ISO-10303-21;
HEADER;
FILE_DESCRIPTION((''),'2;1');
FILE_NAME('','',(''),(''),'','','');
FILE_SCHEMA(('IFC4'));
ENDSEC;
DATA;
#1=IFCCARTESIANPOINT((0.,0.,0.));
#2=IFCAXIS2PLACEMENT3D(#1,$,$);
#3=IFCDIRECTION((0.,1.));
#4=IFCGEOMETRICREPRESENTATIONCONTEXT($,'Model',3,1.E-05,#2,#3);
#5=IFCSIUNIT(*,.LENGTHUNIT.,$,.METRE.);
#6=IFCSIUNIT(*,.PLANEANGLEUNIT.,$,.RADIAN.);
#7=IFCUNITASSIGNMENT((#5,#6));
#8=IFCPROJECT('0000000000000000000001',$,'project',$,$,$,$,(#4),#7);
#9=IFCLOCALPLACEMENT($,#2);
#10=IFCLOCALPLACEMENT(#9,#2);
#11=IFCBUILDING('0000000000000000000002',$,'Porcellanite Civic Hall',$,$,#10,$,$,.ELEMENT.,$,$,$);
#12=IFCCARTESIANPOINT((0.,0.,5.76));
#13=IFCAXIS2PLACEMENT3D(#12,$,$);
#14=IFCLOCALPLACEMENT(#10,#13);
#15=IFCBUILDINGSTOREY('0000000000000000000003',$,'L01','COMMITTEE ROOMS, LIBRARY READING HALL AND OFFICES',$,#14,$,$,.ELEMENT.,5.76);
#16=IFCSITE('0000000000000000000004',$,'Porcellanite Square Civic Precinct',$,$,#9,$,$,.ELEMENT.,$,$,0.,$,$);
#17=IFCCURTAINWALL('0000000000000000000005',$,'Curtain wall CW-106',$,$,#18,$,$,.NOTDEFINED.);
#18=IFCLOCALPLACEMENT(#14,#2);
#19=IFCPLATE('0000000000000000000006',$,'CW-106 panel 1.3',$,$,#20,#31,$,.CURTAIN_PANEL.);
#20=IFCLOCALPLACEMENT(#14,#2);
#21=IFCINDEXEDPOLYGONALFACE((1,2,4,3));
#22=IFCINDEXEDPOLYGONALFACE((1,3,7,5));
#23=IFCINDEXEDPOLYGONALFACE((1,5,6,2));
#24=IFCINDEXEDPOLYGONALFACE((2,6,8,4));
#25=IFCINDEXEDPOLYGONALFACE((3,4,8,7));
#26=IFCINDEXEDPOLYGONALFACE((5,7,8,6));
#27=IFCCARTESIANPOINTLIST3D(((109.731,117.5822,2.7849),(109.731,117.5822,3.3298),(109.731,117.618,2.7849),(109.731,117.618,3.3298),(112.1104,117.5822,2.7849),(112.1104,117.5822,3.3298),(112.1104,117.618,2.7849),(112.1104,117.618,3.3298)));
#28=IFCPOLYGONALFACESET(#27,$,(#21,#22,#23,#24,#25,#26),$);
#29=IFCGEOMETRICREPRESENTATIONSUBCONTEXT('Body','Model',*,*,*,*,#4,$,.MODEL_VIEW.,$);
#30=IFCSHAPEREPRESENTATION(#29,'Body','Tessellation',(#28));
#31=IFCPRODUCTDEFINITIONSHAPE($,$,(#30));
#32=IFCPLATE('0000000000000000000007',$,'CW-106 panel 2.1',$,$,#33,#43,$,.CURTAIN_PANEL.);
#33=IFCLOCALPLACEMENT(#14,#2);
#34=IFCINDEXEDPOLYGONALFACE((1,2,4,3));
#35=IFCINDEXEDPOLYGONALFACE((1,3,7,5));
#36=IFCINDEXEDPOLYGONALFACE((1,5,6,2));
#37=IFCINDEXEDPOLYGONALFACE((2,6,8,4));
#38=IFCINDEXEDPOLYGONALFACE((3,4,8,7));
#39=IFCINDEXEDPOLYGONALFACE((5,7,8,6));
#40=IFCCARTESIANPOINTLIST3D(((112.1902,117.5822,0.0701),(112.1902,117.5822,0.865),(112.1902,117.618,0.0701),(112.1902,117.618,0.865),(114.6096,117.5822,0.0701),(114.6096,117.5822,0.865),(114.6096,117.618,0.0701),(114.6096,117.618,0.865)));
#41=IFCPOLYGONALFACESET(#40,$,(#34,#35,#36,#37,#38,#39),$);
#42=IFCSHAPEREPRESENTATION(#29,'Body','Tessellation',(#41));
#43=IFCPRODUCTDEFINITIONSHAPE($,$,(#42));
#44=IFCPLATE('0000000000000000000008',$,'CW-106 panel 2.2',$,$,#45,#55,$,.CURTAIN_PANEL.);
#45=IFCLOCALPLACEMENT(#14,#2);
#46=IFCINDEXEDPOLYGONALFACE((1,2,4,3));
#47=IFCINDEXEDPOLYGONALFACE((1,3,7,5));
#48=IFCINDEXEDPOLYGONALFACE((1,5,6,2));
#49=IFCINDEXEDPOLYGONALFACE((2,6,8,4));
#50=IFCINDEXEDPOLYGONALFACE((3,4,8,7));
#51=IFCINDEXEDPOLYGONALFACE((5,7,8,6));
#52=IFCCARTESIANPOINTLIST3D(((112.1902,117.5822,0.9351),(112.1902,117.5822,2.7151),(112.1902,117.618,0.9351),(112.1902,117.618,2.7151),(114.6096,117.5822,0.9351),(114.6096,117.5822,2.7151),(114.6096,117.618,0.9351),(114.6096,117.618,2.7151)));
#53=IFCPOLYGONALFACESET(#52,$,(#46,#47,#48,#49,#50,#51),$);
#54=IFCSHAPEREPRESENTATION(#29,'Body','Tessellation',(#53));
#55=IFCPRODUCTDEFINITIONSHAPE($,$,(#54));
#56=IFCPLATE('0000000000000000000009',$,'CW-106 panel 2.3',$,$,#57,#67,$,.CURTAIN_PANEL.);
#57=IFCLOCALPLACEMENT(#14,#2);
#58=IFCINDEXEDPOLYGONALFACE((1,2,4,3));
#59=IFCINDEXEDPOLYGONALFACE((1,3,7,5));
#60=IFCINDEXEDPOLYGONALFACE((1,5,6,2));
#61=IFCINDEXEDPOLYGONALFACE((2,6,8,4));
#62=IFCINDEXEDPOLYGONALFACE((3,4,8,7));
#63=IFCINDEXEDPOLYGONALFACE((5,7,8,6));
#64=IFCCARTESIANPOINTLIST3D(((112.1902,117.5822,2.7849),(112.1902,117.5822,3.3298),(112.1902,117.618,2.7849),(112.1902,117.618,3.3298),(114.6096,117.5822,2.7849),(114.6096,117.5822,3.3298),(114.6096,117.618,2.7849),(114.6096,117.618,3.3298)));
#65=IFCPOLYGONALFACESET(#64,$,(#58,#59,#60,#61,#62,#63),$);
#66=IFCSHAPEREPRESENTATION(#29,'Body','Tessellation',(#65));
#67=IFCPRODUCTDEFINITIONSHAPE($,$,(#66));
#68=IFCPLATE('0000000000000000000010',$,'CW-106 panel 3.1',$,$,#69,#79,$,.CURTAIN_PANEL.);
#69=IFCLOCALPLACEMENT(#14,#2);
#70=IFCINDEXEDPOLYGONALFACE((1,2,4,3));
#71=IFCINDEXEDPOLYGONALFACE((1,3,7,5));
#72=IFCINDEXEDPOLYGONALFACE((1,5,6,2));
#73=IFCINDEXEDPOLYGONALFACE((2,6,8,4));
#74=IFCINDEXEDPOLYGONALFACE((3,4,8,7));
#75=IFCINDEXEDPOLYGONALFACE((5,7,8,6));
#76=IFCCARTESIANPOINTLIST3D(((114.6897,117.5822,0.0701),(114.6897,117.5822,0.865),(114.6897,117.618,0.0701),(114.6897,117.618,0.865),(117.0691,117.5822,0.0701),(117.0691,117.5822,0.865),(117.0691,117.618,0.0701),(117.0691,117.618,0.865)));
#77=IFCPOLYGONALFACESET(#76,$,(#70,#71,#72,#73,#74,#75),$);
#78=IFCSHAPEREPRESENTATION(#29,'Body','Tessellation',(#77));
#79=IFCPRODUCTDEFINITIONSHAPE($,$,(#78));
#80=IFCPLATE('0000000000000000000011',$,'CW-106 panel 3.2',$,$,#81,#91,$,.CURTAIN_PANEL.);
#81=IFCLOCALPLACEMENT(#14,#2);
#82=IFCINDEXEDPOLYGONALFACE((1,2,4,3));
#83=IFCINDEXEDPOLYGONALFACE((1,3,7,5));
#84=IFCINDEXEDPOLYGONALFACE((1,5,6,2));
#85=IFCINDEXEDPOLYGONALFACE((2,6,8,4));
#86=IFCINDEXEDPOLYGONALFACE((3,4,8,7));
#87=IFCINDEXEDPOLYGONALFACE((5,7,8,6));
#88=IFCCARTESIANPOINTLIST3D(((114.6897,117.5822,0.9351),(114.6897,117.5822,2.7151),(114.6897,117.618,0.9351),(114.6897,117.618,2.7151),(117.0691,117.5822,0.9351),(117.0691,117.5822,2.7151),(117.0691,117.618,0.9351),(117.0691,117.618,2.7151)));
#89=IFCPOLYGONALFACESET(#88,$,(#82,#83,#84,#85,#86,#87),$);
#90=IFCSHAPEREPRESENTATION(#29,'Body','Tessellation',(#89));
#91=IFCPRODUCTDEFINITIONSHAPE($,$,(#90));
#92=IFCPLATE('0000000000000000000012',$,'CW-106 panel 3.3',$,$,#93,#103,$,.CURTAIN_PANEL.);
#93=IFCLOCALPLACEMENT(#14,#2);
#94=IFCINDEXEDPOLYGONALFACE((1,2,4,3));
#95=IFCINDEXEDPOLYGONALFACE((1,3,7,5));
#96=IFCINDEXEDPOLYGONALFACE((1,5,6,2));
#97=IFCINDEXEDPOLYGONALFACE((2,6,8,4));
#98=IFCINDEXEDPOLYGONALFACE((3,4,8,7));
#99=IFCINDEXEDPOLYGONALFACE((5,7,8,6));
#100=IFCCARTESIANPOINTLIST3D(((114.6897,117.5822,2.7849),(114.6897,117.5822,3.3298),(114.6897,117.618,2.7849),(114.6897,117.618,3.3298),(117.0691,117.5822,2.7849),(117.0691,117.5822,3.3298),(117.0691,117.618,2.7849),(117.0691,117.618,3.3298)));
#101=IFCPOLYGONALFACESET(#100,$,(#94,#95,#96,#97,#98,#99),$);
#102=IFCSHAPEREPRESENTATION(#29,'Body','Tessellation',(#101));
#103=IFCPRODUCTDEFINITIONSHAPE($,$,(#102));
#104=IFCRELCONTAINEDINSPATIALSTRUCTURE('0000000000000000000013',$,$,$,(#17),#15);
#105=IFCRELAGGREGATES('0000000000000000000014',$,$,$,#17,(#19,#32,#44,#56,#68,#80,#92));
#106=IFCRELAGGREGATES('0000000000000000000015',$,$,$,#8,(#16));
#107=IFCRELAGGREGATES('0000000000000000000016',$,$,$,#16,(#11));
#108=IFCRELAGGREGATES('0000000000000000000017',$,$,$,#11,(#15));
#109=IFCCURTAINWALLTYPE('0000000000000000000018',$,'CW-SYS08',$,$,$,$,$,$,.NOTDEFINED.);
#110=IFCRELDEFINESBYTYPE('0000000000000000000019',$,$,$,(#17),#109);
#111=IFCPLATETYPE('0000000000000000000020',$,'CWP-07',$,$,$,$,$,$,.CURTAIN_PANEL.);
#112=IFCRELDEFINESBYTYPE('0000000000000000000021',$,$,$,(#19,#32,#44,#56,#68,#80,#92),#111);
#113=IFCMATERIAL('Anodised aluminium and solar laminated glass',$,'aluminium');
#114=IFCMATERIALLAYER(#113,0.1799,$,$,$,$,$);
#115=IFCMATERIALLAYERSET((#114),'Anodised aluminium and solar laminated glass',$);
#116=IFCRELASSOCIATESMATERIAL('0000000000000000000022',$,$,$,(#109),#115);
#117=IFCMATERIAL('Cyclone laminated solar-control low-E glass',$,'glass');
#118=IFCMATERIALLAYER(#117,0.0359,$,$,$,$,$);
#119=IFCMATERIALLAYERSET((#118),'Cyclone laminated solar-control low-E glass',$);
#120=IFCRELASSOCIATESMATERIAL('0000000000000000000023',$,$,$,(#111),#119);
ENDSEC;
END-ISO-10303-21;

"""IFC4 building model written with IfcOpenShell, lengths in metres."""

from ifc_helpers import new_model, si_unit, direction, frame, origin, origin_2d, place, context, subcontext, project, spatial, rectangle, extrude, material, layer, layer_set, type_object, element, aggregate, save


model = new_model("IFC4")

# Units and contexts
model_context = context("Model", 3, precision=1e-05, world=origin(), true_north=direction((0.0, 1.0)))
body_context = subcontext(model_context, "Body", "Model", "MODEL_VIEW")
ifc_project = project(units=[si_unit("LENGTHUNIT", "METRE"), si_unit("PLANEANGLEUNIT", "RADIAN")], contexts=[model_context])

# Site, building, storey
site_placement = place(None, origin())
site = spatial("IfcSite", under=ifc_project, at=site_placement, Name="Porcellanite Square Civic Precinct", CompositionType="ELEMENT", RefElevation=0.0)
building_placement = place(site_placement, origin())
building = spatial("IfcBuilding", under=site, at=building_placement, Name="Porcellanite Civic Hall", CompositionType="ELEMENT")
storey_placement = place(building_placement, frame((0.0, 0.0, 5.76)))
storey = spatial("IfcBuildingStorey", under=building, at=storey_placement, Name="L01", Description="COMMITTEE ROOMS, LIBRARY READING HALL AND OFFICES", CompositionType="ELEMENT", Elevation=5.76)

# Curtain wall
ifc_material_1 = material(Name="Anodised aluminium and solar laminated glass", Category="aluminium")
ifc_layer_1 = layer(ifc_material_1, 0.1799)
ifc_layer_set_1 = layer_set([ifc_layer_1], Name="Anodised aluminium and solar laminated glass")
curtain_wall_type_1 = type_object("IfcCurtainWallType", Name="CW-SYS08", PredefinedType="NOTDEFINED", material=ifc_layer_set_1)
curtain_wall_1_placement = place(storey_placement, origin())
curtain_wall_1 = element("IfcCurtainWall", 1, at=curtain_wall_1_placement, inside=storey, type_object=curtain_wall_type_1, Name="Curtain wall CW-106", PredefinedType="NOTDEFINED")

# Plates
ifc_material_2 = material(Name="Cyclone laminated solar-control low-E glass", Category="glass")
ifc_layer_2 = layer(ifc_material_2, 0.0359)
ifc_layer_set_2 = layer_set([ifc_layer_2], Name="Cyclone laminated solar-control low-E glass")
plate_type_1 = type_object("IfcPlateType", Name="CWP-07", PredefinedType="CURTAIN_PANEL", material=ifc_layer_set_2)
plate_1_placement = place(storey_placement, frame((110.9207, 117.6001, 2.7849), z_axis=(0.0, 0.0, 1.0), x_axis=(1.0, 0.0, 0.0)))
plate_1 = element("IfcPlate", 2, at=plate_1_placement, type_object=plate_type_1, Name="CW-106 panel 1.3", PredefinedType="CURTAIN_PANEL", context=body_context, shape_type="SweptSolid", body=[
    extrude(rectangle(XDim=2.3794, YDim=0.0359, at=origin_2d()), origin(), (0.0, 0.0, 1.0), 0.5449),
])
plate_2_placement = place(storey_placement, frame((113.3999, 117.6001, 0.0701), z_axis=(0.0, 0.0, 1.0), x_axis=(1.0, 0.0, 0.0)))
plate_2 = element("IfcPlate", 3, at=plate_2_placement, type_object=plate_type_1, Name="CW-106 panel 2.1", PredefinedType="CURTAIN_PANEL", context=body_context, shape_type="SweptSolid", body=[
    extrude(rectangle(XDim=2.4194, YDim=0.0359, at=origin_2d()), origin(), (0.0, 0.0, 1.0), 0.7949),
])
plate_3_placement = place(storey_placement, frame((113.3999, 117.6001, 0.9351), z_axis=(0.0, 0.0, 1.0), x_axis=(1.0, 0.0, 0.0)))
plate_3 = element("IfcPlate", 4, at=plate_3_placement, type_object=plate_type_1, Name="CW-106 panel 2.2", PredefinedType="CURTAIN_PANEL", context=body_context, shape_type="SweptSolid", body=[
    extrude(rectangle(XDim=2.4194, YDim=0.0359, at=origin_2d()), origin(), (0.0, 0.0, 1.0), 1.78),
])
plate_4_placement = place(storey_placement, frame((113.3999, 117.6001, 2.7849), z_axis=(0.0, 0.0, 1.0), x_axis=(1.0, 0.0, 0.0)))
plate_4 = element("IfcPlate", 5, at=plate_4_placement, type_object=plate_type_1, Name="CW-106 panel 2.3", PredefinedType="CURTAIN_PANEL", context=body_context, shape_type="SweptSolid", body=[
    extrude(rectangle(XDim=2.4194, YDim=0.0359, at=origin_2d()), origin(), (0.0, 0.0, 1.0), 0.5449),
])
plate_5_placement = place(storey_placement, frame((115.8794, 117.6001, 0.0701), z_axis=(0.0, 0.0, 1.0), x_axis=(1.0, 0.0, 0.0)))
plate_5 = element("IfcPlate", 6, at=plate_5_placement, type_object=plate_type_1, Name="CW-106 panel 3.1", PredefinedType="CURTAIN_PANEL", context=body_context, shape_type="SweptSolid", body=[
    extrude(rectangle(XDim=2.3794, YDim=0.0359, at=origin_2d()), origin(), (0.0, 0.0, 1.0), 0.7949),
])
plate_6_placement = place(storey_placement, frame((115.8794, 117.6001, 0.9351), z_axis=(0.0, 0.0, 1.0), x_axis=(1.0, 0.0, 0.0)))
plate_6 = element("IfcPlate", 7, at=plate_6_placement, type_object=plate_type_1, Name="CW-106 panel 3.2", PredefinedType="CURTAIN_PANEL", context=body_context, shape_type="SweptSolid", body=[
    extrude(rectangle(XDim=2.3794, YDim=0.0359, at=origin_2d()), origin(), (0.0, 0.0, 1.0), 1.78),
])
plate_7_placement = place(storey_placement, frame((115.8794, 117.6001, 2.7849), z_axis=(0.0, 0.0, 1.0), x_axis=(1.0, 0.0, 0.0)))
plate_7 = element("IfcPlate", 8, at=plate_7_placement, type_object=plate_type_1, Name="CW-106 panel 3.3", PredefinedType="CURTAIN_PANEL", context=body_context, shape_type="SweptSolid", body=[
    extrude(rectangle(XDim=2.3794, YDim=0.0359, at=origin_2d()), origin(), (0.0, 0.0, 1.0), 0.5449),
])
aggregate(curtain_wall_1, [plate_1, plate_2, plate_3, plate_4, plate_5, plate_6, plate_7])

save(model, "model.ifc")
